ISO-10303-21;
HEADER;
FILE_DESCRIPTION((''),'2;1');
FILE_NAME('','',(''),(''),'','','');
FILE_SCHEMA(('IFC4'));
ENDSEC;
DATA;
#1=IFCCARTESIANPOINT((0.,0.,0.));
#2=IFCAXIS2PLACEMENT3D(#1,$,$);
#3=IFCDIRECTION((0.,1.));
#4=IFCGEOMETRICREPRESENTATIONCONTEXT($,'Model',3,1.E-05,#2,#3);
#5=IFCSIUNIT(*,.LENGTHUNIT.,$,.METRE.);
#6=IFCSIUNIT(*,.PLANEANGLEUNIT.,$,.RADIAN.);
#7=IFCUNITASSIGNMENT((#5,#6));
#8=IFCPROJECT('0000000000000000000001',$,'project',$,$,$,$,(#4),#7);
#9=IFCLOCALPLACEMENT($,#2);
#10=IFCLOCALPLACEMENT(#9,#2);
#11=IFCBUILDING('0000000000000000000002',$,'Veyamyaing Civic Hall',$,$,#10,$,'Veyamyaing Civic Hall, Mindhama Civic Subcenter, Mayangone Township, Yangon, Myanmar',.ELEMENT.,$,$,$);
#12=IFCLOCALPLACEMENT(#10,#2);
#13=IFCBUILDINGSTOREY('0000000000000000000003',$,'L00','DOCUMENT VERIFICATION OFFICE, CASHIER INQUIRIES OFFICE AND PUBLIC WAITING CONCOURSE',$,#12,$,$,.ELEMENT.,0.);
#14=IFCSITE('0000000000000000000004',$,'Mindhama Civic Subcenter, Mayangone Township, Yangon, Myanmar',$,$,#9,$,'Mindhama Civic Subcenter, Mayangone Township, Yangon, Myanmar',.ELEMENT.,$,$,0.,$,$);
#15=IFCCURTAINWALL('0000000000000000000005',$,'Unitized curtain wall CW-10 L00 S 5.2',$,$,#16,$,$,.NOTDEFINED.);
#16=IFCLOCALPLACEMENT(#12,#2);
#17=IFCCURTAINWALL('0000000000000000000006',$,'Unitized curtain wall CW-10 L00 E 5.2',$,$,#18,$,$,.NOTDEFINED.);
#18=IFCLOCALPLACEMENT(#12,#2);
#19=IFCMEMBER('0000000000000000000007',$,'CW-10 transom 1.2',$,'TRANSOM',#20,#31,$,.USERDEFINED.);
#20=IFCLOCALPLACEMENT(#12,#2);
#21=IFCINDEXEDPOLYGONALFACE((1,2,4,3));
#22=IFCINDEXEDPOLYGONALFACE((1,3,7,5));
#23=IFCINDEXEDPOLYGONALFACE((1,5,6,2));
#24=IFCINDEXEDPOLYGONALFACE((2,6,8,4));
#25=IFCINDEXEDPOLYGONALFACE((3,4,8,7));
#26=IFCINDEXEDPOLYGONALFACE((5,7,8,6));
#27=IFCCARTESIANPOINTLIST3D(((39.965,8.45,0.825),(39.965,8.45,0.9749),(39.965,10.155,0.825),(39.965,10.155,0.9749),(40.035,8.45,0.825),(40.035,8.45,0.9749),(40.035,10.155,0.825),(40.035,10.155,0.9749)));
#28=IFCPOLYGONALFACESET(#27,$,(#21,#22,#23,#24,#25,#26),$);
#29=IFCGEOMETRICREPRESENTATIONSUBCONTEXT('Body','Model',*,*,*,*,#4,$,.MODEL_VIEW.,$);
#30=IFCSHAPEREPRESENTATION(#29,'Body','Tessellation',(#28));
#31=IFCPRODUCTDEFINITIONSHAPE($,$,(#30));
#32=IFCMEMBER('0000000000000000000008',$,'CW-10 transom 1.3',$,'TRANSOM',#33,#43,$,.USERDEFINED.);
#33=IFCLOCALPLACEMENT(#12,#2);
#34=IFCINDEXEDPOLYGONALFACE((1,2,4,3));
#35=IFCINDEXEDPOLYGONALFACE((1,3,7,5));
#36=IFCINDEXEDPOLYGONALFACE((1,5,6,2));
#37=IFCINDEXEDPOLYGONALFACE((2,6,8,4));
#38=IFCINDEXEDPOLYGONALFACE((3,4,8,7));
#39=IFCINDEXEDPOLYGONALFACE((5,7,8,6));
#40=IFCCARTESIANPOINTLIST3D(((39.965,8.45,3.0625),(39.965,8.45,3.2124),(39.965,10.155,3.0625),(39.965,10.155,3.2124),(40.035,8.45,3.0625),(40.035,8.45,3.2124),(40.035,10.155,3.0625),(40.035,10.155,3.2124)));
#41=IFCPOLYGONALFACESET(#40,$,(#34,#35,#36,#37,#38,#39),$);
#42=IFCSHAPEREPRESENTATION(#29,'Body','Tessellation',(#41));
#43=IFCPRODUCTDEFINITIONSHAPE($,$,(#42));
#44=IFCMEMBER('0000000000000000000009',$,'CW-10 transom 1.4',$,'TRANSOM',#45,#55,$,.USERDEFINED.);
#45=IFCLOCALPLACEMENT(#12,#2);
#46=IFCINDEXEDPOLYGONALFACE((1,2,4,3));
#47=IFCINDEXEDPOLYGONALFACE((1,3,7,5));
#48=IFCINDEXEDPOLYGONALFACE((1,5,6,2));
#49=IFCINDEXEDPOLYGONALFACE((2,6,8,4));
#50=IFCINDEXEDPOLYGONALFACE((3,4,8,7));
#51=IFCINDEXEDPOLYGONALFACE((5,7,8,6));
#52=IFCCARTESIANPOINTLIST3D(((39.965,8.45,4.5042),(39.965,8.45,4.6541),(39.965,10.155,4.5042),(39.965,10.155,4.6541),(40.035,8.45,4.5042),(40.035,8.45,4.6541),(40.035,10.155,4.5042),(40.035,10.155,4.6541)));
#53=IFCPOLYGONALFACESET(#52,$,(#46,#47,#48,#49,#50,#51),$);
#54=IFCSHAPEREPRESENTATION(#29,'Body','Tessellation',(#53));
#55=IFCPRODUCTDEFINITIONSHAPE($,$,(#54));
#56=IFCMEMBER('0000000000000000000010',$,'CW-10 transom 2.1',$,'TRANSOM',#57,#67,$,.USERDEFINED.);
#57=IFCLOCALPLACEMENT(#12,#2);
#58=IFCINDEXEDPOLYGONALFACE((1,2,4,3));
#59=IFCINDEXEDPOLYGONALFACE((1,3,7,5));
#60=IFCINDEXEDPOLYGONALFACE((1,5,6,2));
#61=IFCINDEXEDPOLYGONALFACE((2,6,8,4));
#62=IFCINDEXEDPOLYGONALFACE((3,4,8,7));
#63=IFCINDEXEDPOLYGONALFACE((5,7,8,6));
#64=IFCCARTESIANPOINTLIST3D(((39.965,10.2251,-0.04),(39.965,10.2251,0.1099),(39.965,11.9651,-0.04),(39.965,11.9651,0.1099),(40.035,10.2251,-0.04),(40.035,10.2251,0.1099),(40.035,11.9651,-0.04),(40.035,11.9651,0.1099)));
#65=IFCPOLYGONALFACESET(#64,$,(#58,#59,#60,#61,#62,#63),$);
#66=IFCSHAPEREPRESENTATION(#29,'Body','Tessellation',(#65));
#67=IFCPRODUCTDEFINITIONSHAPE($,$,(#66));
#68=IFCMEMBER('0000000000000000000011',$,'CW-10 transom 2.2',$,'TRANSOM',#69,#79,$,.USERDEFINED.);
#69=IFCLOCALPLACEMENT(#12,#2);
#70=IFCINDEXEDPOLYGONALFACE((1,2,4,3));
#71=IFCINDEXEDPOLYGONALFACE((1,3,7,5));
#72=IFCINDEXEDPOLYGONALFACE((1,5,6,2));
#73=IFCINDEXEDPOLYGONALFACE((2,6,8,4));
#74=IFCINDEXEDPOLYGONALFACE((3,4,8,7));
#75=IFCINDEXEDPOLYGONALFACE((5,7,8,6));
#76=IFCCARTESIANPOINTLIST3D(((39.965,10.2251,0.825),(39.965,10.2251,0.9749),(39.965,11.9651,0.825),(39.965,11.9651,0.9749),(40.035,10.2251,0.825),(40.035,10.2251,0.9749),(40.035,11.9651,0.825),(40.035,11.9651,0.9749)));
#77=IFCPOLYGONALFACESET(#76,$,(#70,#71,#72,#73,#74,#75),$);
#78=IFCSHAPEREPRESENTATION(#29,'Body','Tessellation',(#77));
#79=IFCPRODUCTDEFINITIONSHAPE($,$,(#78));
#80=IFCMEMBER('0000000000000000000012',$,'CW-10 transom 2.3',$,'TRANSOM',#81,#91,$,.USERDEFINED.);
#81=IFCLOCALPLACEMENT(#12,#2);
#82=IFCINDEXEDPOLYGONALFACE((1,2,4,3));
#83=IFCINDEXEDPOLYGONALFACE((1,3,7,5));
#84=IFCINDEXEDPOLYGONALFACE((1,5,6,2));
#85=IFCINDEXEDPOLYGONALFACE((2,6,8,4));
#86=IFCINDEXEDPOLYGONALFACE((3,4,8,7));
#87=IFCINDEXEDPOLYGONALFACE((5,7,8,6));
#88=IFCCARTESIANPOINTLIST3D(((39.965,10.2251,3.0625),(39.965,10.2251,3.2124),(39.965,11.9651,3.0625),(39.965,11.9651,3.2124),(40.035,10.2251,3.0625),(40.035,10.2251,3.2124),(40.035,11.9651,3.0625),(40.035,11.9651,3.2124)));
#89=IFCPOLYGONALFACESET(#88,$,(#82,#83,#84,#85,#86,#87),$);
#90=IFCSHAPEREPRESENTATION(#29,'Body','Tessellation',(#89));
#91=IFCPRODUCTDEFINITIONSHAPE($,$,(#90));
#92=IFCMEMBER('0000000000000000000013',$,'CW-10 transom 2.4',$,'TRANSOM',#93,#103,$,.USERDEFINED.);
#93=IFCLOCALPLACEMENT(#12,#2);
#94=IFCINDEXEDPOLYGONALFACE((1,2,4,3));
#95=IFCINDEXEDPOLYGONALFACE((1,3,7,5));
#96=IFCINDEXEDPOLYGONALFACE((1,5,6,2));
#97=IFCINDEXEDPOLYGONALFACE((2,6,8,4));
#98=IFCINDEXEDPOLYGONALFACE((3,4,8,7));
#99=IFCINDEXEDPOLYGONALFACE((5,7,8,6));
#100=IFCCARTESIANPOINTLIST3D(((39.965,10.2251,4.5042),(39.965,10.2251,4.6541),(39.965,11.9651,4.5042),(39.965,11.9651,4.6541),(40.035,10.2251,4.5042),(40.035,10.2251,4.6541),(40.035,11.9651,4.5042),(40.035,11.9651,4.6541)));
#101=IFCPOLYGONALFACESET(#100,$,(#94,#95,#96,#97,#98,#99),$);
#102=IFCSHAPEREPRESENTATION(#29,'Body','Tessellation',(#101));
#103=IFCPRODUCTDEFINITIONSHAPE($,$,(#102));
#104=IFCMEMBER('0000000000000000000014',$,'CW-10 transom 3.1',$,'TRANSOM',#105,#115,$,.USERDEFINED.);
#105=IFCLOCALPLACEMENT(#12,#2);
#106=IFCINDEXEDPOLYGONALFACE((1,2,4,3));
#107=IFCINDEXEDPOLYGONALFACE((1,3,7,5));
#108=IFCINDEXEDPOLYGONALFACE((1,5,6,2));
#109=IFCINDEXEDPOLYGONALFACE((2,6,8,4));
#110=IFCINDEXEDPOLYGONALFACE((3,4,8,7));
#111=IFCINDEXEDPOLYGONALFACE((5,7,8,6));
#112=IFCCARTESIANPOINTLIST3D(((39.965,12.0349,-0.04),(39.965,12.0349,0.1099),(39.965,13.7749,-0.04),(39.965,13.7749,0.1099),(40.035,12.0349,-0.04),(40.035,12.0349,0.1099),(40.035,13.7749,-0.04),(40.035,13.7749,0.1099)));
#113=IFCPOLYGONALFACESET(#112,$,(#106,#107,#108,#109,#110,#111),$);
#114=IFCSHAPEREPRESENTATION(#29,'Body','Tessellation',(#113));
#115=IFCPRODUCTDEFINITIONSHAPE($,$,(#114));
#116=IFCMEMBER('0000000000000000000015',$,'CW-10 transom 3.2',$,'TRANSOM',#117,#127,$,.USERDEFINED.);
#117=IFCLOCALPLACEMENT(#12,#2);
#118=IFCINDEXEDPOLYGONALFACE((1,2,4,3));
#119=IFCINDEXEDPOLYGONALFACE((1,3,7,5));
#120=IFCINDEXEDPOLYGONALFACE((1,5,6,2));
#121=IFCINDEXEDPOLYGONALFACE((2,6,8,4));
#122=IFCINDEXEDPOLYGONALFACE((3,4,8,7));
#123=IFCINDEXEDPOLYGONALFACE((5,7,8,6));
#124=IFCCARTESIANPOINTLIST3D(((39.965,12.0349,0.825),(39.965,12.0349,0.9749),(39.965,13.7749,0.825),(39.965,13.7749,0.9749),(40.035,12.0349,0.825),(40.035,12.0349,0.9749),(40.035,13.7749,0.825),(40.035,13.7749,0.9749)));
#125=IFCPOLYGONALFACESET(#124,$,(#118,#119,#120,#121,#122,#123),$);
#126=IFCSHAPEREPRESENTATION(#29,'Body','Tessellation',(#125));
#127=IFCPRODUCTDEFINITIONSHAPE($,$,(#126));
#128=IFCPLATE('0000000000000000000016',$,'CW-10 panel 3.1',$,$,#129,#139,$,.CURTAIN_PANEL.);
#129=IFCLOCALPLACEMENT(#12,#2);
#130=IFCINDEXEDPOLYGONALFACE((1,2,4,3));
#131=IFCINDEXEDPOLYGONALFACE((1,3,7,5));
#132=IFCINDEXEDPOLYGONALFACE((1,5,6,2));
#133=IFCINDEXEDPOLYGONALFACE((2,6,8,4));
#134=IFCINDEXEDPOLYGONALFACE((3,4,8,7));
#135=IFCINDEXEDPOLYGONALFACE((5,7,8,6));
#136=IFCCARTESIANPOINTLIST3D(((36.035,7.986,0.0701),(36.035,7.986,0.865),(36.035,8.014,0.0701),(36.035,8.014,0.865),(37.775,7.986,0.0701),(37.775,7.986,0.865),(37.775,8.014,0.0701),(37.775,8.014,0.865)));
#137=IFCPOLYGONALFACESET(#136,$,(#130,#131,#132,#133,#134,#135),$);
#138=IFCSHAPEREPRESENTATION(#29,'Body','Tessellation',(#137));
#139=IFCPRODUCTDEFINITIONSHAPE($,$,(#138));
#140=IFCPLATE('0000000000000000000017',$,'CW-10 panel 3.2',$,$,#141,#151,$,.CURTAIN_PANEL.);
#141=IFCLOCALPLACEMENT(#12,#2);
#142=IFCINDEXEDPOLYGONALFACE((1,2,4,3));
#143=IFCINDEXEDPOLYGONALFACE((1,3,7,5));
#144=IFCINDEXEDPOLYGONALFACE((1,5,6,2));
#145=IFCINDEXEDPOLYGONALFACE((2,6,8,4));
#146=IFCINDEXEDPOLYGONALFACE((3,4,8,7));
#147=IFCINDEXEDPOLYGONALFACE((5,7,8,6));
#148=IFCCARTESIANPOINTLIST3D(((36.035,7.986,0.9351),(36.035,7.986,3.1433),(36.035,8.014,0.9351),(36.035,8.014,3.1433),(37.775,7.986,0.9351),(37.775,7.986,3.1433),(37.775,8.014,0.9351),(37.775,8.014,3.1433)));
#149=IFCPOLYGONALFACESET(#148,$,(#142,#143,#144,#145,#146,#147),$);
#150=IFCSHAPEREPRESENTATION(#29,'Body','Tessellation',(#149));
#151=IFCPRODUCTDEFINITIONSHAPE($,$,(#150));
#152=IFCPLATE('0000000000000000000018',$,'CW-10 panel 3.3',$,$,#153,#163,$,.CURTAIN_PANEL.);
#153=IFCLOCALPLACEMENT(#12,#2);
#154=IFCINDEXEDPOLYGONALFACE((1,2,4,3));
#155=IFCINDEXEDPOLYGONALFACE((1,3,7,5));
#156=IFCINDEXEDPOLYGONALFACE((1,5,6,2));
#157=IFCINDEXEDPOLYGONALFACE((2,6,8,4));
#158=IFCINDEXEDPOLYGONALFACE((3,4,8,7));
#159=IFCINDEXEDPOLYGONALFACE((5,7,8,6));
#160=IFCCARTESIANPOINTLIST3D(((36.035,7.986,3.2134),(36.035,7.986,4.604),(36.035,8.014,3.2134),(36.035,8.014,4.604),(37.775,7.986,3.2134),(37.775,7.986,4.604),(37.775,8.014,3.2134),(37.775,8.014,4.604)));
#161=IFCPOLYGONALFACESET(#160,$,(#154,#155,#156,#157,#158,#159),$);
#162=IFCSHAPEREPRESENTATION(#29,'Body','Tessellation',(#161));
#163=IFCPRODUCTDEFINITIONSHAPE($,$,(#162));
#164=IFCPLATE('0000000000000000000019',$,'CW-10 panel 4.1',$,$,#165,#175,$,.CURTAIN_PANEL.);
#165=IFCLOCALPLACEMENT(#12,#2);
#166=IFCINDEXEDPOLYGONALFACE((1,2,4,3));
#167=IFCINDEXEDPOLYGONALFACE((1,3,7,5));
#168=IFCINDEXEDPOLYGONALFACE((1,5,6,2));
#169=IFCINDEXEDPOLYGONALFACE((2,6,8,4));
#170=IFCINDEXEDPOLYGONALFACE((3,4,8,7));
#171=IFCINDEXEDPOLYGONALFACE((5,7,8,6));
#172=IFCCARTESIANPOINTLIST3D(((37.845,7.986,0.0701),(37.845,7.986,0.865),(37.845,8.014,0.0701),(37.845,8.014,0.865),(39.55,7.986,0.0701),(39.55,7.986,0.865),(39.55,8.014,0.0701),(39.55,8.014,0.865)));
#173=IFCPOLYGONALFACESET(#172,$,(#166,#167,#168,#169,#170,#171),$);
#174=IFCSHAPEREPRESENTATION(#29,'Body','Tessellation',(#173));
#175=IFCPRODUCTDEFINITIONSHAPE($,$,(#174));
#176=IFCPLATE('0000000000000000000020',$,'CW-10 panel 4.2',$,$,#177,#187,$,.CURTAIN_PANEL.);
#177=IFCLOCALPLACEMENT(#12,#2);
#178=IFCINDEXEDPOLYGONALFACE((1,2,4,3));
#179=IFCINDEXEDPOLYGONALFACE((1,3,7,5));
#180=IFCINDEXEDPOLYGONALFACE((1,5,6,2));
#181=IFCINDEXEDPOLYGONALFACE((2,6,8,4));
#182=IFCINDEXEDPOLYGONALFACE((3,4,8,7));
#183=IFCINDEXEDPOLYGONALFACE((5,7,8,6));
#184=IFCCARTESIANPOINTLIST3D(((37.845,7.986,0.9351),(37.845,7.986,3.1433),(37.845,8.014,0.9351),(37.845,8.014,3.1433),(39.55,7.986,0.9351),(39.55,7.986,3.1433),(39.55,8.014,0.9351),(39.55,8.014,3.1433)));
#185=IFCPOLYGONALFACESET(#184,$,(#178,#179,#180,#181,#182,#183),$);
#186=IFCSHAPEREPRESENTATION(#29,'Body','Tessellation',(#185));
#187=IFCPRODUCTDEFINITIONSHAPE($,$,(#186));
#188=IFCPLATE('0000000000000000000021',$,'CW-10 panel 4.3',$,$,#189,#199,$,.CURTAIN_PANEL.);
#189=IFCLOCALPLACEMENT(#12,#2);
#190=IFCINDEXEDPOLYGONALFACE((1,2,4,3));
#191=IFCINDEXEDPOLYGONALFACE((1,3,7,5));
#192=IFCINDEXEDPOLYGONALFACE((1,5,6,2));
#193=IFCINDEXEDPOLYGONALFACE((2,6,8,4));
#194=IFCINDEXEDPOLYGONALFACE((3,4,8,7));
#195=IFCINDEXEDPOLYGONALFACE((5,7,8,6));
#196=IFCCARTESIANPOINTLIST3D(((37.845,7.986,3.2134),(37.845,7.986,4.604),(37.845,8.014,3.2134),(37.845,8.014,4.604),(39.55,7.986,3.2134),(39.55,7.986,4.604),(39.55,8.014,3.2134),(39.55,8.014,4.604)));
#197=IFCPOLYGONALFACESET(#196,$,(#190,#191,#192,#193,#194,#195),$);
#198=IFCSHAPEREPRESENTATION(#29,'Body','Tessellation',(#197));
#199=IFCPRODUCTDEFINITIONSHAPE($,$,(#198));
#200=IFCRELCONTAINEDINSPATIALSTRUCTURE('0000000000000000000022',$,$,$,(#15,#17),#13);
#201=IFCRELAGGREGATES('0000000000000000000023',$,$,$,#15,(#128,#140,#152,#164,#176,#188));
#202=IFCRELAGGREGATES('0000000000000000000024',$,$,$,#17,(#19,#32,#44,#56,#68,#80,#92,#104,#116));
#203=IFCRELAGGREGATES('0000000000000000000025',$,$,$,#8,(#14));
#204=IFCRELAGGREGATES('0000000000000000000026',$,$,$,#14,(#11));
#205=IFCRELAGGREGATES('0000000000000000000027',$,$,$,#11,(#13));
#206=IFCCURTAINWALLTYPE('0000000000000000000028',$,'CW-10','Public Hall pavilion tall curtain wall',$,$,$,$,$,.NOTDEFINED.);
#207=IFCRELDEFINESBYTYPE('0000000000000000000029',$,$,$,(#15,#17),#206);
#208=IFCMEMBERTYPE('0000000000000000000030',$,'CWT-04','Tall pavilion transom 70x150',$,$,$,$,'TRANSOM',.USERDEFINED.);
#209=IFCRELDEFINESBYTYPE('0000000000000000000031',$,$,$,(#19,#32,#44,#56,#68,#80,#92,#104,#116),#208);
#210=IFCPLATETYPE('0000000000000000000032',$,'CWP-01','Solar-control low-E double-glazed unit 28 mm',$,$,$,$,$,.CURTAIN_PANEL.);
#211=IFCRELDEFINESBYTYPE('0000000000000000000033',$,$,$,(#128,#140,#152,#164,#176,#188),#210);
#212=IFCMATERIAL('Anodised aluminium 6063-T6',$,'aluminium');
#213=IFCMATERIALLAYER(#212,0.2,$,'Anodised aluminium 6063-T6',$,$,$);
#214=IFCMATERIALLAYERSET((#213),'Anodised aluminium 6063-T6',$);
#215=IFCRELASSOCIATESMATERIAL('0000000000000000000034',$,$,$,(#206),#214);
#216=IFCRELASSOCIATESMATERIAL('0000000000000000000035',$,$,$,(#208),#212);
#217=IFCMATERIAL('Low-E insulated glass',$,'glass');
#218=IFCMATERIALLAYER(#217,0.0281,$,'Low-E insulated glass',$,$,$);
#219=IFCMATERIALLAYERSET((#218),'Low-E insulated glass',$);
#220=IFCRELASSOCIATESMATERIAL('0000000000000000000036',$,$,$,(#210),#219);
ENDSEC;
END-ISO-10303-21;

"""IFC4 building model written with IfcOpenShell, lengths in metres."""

from ifc_helpers import new_model, si_unit, direction, frame, origin, origin_2d, place, context, subcontext, project, spatial, rectangle, extrude, material, layer, layer_set, material_profile, profile_set, type_object, element, aggregate, save


model = new_model("IFC4")

# Units and contexts
model_context = context("Model", 3, precision=1e-05, world=origin(), true_north=direction((0.0, 1.0)))
body_context = subcontext(model_context, "Body", "Model", "MODEL_VIEW")
ifc_project = project(units=[si_unit("LENGTHUNIT", "METRE"), si_unit("PLANEANGLEUNIT", "RADIAN")], contexts=[model_context])

# Site, building, storey
site_placement = place(None, origin())
site = spatial("IfcSite", under=ifc_project, at=site_placement, Name="Mindhama Civic Subcenter, Mayangone Township, Yangon, Myanmar", LongName="Mindhama Civic Subcenter, Mayangone Township, Yangon, Myanmar", CompositionType="ELEMENT", RefElevation=0.0)
building_placement = place(site_placement, origin())
building = spatial("IfcBuilding", under=site, at=building_placement, Name="Veyamyaing Civic Hall", LongName="Veyamyaing Civic Hall, Mindhama Civic Subcenter, Mayangone Township, Yangon, Myanmar", CompositionType="ELEMENT")
storey_placement = place(building_placement, origin())
storey = spatial("IfcBuildingStorey", under=building, at=storey_placement, Name="L00", Description="DOCUMENT VERIFICATION OFFICE, CASHIER INQUIRIES OFFICE AND PUBLIC WAITING CONCOURSE", CompositionType="ELEMENT", Elevation=0.0)

# Curtain walls
ifc_material_1 = material(Name="Anodised aluminium 6063-T6", Category="aluminium")
ifc_layer_1 = layer(ifc_material_1, 0.2, Name="Anodised aluminium 6063-T6")
ifc_layer_set_1 = layer_set([ifc_layer_1], Name="Anodised aluminium 6063-T6")
curtain_wall_type = type_object("IfcCurtainWallType", Name="CW-10", Description="Public Hall pavilion tall curtain wall", PredefinedType="NOTDEFINED", material=ifc_layer_set_1)
curtain_wall_1_placement = place(storey_placement, origin())
curtain_wall_1 = element("IfcCurtainWall", 1, at=curtain_wall_1_placement, inside=storey, type_object=curtain_wall_type, Name="Unitized curtain wall CW-10 L00 S 5.2", PredefinedType="NOTDEFINED")
curtain_wall_2_placement = place(storey_placement, origin())
curtain_wall_2 = element("IfcCurtainWall", 2, at=curtain_wall_2_placement, inside=storey, type_object=curtain_wall_type, Name="Unitized curtain wall CW-10 L00 E 5.2", PredefinedType="NOTDEFINED")

# Members
ifc_material_profile_1 = material_profile(ifc_material_1, rectangle(XDim=0.0701, YDim=0.1499, at=origin_2d()), Name="ALU-TRN-70X150")
ifc_profile_set_1 = profile_set([ifc_material_profile_1], Name="Anodised aluminium 6063-T6")
member_type_1 = type_object("IfcMemberType", Name="CWT-04", Description="Tall pavilion transom 70x150", ElementType="TRANSOM", PredefinedType="USERDEFINED", material=ifc_profile_set_1)
member_1_placement = place(storey_placement, frame((40.0, 8.45, 0.8999), z_axis=(0.0, 1.0, 0.0), x_axis=(-1.0, 0.0, 0.0)))
member_1 = element("IfcMember", 3, at=member_1_placement, type_object=member_type_1, Name="CW-10 transom 1.2", ObjectType="TRANSOM", PredefinedType="USERDEFINED", context=body_context, shape_type="SweptSolid", body=[
    extrude(rectangle(XDim=0.0701, YDim=0.1499, at=origin_2d()), origin(), (0.0, 0.0, 1.0), 1.7051),
])
member_2_placement = place(storey_placement, frame((40.0, 8.45, 3.1375), z_axis=(0.0, 1.0, 0.0), x_axis=(-1.0, 0.0, 0.0)))
member_2 = element("IfcMember", 4, at=member_2_placement, type_object=member_type_1, Name="CW-10 transom 1.3", ObjectType="TRANSOM", PredefinedType="USERDEFINED", context=body_context, shape_type="SweptSolid", body=[
    extrude(rectangle(XDim=0.0701, YDim=0.1499, at=origin_2d()), origin(), (0.0, 0.0, 1.0), 1.7051),
])
member_3_placement = place(storey_placement, frame((40.0, 8.45, 4.5791), z_axis=(0.0, 1.0, 0.0), x_axis=(-1.0, 0.0, 0.0)))
member_3 = element("IfcMember", 5, at=member_3_placement, type_object=member_type_1, Name="CW-10 transom 1.4", ObjectType="TRANSOM", PredefinedType="USERDEFINED", context=body_context, shape_type="SweptSolid", body=[
    extrude(rectangle(XDim=0.0701, YDim=0.1499, at=origin_2d()), origin(), (0.0, 0.0, 1.0), 1.7051),
])
member_4_placement = place(storey_placement, frame((40.0, 10.2251, 0.0349), z_axis=(0.0, 1.0, 0.0), x_axis=(-1.0, 0.0, 0.0)))
member_4 = element("IfcMember", 6, at=member_4_placement, type_object=member_type_1, Name="CW-10 transom 2.1", ObjectType="TRANSOM", PredefinedType="USERDEFINED", context=body_context, shape_type="SweptSolid", body=[
    extrude(rectangle(XDim=0.0701, YDim=0.1499, at=origin_2d()), origin(), (0.0, 0.0, 1.0), 1.74),
])
member_5_placement = place(storey_placement, frame((40.0, 10.2251, 0.8999), z_axis=(0.0, 1.0, 0.0), x_axis=(-1.0, 0.0, 0.0)))
member_5 = element("IfcMember", 7, at=member_5_placement, type_object=member_type_1, Name="CW-10 transom 2.2", ObjectType="TRANSOM", PredefinedType="USERDEFINED", context=body_context, shape_type="SweptSolid", body=[
    extrude(rectangle(XDim=0.0701, YDim=0.1499, at=origin_2d()), origin(), (0.0, 0.0, 1.0), 1.74),
])
member_6_placement = place(storey_placement, frame((40.0, 10.2251, 3.1375), z_axis=(0.0, 1.0, 0.0), x_axis=(-1.0, 0.0, 0.0)))
member_6 = element("IfcMember", 8, at=member_6_placement, type_object=member_type_1, Name="CW-10 transom 2.3", ObjectType="TRANSOM", PredefinedType="USERDEFINED", context=body_context, shape_type="SweptSolid", body=[
    extrude(rectangle(XDim=0.0701, YDim=0.1499, at=origin_2d()), origin(), (0.0, 0.0, 1.0), 1.74),
])
member_7_placement = place(storey_placement, frame((40.0, 10.2251, 4.5791), z_axis=(0.0, 1.0, 0.0), x_axis=(-1.0, 0.0, 0.0)))
member_7 = element("IfcMember", 9, at=member_7_placement, type_object=member_type_1, Name="CW-10 transom 2.4", ObjectType="TRANSOM", PredefinedType="USERDEFINED", context=body_context, shape_type="SweptSolid", body=[
    extrude(rectangle(XDim=0.0701, YDim=0.1499, at=origin_2d()), origin(), (0.0, 0.0, 1.0), 1.74),
])
member_8_placement = place(storey_placement, frame((40.0, 12.0349, 0.0349), z_axis=(0.0, 1.0, 0.0), x_axis=(-1.0, 0.0, 0.0)))
member_8 = element("IfcMember", 10, at=member_8_placement, type_object=member_type_1, Name="CW-10 transom 3.1", ObjectType="TRANSOM", PredefinedType="USERDEFINED", context=body_context, shape_type="SweptSolid", body=[
    extrude(rectangle(XDim=0.0701, YDim=0.1499, at=origin_2d()), origin(), (0.0, 0.0, 1.0), 1.74),
])
member_9_placement = place(storey_placement, frame((40.0, 12.0349, 0.8999), z_axis=(0.0, 1.0, 0.0), x_axis=(-1.0, 0.0, 0.0)))
member_9 = element("IfcMember", 11, at=member_9_placement, type_object=member_type_1, Name="CW-10 transom 3.2", ObjectType="TRANSOM", PredefinedType="USERDEFINED", context=body_context, shape_type="SweptSolid", body=[
    extrude(rectangle(XDim=0.0701, YDim=0.1499, at=origin_2d()), origin(), (0.0, 0.0, 1.0), 1.74),
])

# Plates
ifc_material_2 = material(Name="Low-E insulated glass", Category="glass")
ifc_layer_2 = layer(ifc_material_2, 0.0281, Name="Low-E insulated glass")
ifc_layer_set_2 = layer_set([ifc_layer_2], Name="Low-E insulated glass")
plate_type = type_object("IfcPlateType", Name="CWP-01", Description="Solar-control low-E double-glazed unit 28 mm", PredefinedType="CURTAIN_PANEL", material=ifc_layer_set_2)
plate_1_placement = place(storey_placement, frame((36.905, 8.0, 0.0701), z_axis=(0.0, 0.0, 1.0), x_axis=(1.0, 0.0, 0.0)))
plate_1 = element("IfcPlate", 12, at=plate_1_placement, type_object=plate_type, Name="CW-10 panel 3.1", PredefinedType="CURTAIN_PANEL", context=body_context, shape_type="SweptSolid", body=[
    extrude(rectangle(XDim=1.74, YDim=0.0281, at=origin_2d()), origin(), (0.0, 0.0, 1.0), 0.7949),
])
plate_2_placement = place(storey_placement, frame((36.905, 8.0, 0.9351), z_axis=(0.0, 0.0, 1.0), x_axis=(1.0, 0.0, 0.0)))
plate_2 = element("IfcPlate", 13, at=plate_2_placement, type_object=plate_type, Name="CW-10 panel 3.2", PredefinedType="CURTAIN_PANEL", context=body_context, shape_type="SweptSolid", body=[
    extrude(rectangle(XDim=1.74, YDim=0.0281, at=origin_2d()), origin(), (0.0, 0.0, 1.0), 2.2083),
])
plate_3_placement = place(storey_placement, frame((36.905, 8.0, 3.2134), z_axis=(0.0, 0.0, 1.0), x_axis=(1.0, 0.0, 0.0)))
plate_3 = element("IfcPlate", 14, at=plate_3_placement, type_object=plate_type, Name="CW-10 panel 3.3", PredefinedType="CURTAIN_PANEL", context=body_context, shape_type="SweptSolid", body=[
    extrude(rectangle(XDim=1.74, YDim=0.0281, at=origin_2d()), origin(), (0.0, 0.0, 1.0), 1.3906),
])
plate_4_placement = place(storey_placement, frame((38.6975, 8.0, 0.0701), z_axis=(0.0, 0.0, 1.0), x_axis=(1.0, 0.0, 0.0)))
plate_4 = element("IfcPlate", 15, at=plate_4_placement, type_object=plate_type, Name="CW-10 panel 4.1", PredefinedType="CURTAIN_PANEL", context=body_context, shape_type="SweptSolid", body=[
    extrude(rectangle(XDim=1.7051, YDim=0.0281, at=origin_2d()), origin(), (0.0, 0.0, 1.0), 0.7949),
])
plate_5_placement = place(storey_placement, frame((38.6975, 8.0, 0.9351), z_axis=(0.0, 0.0, 1.0), x_axis=(1.0, 0.0, 0.0)))
plate_5 = element("IfcPlate", 16, at=plate_5_placement, type_object=plate_type, Name="CW-10 panel 4.2", PredefinedType="CURTAIN_PANEL", context=body_context, shape_type="SweptSolid", body=[
    extrude(rectangle(XDim=1.7051, YDim=0.0281, at=origin_2d()), origin(), (0.0, 0.0, 1.0), 2.2083),
])
plate_6_placement = place(storey_placement, frame((38.6975, 8.0, 3.2134), z_axis=(0.0, 0.0, 1.0), x_axis=(1.0, 0.0, 0.0)))
plate_6 = element("IfcPlate", 17, at=plate_6_placement, type_object=plate_type, Name="CW-10 panel 4.3", PredefinedType="CURTAIN_PANEL", context=body_context, shape_type="SweptSolid", body=[
    extrude(rectangle(XDim=1.7051, YDim=0.0281, at=origin_2d()), origin(), (0.0, 0.0, 1.0), 1.3906),
])
aggregate(curtain_wall_1, [plate_1, plate_2, plate_3, plate_4, plate_5, plate_6])
aggregate(curtain_wall_2, [member_1, member_2, member_3, member_4, member_5, member_6, member_7, member_8, member_9])

save(model, "model.ifc")
